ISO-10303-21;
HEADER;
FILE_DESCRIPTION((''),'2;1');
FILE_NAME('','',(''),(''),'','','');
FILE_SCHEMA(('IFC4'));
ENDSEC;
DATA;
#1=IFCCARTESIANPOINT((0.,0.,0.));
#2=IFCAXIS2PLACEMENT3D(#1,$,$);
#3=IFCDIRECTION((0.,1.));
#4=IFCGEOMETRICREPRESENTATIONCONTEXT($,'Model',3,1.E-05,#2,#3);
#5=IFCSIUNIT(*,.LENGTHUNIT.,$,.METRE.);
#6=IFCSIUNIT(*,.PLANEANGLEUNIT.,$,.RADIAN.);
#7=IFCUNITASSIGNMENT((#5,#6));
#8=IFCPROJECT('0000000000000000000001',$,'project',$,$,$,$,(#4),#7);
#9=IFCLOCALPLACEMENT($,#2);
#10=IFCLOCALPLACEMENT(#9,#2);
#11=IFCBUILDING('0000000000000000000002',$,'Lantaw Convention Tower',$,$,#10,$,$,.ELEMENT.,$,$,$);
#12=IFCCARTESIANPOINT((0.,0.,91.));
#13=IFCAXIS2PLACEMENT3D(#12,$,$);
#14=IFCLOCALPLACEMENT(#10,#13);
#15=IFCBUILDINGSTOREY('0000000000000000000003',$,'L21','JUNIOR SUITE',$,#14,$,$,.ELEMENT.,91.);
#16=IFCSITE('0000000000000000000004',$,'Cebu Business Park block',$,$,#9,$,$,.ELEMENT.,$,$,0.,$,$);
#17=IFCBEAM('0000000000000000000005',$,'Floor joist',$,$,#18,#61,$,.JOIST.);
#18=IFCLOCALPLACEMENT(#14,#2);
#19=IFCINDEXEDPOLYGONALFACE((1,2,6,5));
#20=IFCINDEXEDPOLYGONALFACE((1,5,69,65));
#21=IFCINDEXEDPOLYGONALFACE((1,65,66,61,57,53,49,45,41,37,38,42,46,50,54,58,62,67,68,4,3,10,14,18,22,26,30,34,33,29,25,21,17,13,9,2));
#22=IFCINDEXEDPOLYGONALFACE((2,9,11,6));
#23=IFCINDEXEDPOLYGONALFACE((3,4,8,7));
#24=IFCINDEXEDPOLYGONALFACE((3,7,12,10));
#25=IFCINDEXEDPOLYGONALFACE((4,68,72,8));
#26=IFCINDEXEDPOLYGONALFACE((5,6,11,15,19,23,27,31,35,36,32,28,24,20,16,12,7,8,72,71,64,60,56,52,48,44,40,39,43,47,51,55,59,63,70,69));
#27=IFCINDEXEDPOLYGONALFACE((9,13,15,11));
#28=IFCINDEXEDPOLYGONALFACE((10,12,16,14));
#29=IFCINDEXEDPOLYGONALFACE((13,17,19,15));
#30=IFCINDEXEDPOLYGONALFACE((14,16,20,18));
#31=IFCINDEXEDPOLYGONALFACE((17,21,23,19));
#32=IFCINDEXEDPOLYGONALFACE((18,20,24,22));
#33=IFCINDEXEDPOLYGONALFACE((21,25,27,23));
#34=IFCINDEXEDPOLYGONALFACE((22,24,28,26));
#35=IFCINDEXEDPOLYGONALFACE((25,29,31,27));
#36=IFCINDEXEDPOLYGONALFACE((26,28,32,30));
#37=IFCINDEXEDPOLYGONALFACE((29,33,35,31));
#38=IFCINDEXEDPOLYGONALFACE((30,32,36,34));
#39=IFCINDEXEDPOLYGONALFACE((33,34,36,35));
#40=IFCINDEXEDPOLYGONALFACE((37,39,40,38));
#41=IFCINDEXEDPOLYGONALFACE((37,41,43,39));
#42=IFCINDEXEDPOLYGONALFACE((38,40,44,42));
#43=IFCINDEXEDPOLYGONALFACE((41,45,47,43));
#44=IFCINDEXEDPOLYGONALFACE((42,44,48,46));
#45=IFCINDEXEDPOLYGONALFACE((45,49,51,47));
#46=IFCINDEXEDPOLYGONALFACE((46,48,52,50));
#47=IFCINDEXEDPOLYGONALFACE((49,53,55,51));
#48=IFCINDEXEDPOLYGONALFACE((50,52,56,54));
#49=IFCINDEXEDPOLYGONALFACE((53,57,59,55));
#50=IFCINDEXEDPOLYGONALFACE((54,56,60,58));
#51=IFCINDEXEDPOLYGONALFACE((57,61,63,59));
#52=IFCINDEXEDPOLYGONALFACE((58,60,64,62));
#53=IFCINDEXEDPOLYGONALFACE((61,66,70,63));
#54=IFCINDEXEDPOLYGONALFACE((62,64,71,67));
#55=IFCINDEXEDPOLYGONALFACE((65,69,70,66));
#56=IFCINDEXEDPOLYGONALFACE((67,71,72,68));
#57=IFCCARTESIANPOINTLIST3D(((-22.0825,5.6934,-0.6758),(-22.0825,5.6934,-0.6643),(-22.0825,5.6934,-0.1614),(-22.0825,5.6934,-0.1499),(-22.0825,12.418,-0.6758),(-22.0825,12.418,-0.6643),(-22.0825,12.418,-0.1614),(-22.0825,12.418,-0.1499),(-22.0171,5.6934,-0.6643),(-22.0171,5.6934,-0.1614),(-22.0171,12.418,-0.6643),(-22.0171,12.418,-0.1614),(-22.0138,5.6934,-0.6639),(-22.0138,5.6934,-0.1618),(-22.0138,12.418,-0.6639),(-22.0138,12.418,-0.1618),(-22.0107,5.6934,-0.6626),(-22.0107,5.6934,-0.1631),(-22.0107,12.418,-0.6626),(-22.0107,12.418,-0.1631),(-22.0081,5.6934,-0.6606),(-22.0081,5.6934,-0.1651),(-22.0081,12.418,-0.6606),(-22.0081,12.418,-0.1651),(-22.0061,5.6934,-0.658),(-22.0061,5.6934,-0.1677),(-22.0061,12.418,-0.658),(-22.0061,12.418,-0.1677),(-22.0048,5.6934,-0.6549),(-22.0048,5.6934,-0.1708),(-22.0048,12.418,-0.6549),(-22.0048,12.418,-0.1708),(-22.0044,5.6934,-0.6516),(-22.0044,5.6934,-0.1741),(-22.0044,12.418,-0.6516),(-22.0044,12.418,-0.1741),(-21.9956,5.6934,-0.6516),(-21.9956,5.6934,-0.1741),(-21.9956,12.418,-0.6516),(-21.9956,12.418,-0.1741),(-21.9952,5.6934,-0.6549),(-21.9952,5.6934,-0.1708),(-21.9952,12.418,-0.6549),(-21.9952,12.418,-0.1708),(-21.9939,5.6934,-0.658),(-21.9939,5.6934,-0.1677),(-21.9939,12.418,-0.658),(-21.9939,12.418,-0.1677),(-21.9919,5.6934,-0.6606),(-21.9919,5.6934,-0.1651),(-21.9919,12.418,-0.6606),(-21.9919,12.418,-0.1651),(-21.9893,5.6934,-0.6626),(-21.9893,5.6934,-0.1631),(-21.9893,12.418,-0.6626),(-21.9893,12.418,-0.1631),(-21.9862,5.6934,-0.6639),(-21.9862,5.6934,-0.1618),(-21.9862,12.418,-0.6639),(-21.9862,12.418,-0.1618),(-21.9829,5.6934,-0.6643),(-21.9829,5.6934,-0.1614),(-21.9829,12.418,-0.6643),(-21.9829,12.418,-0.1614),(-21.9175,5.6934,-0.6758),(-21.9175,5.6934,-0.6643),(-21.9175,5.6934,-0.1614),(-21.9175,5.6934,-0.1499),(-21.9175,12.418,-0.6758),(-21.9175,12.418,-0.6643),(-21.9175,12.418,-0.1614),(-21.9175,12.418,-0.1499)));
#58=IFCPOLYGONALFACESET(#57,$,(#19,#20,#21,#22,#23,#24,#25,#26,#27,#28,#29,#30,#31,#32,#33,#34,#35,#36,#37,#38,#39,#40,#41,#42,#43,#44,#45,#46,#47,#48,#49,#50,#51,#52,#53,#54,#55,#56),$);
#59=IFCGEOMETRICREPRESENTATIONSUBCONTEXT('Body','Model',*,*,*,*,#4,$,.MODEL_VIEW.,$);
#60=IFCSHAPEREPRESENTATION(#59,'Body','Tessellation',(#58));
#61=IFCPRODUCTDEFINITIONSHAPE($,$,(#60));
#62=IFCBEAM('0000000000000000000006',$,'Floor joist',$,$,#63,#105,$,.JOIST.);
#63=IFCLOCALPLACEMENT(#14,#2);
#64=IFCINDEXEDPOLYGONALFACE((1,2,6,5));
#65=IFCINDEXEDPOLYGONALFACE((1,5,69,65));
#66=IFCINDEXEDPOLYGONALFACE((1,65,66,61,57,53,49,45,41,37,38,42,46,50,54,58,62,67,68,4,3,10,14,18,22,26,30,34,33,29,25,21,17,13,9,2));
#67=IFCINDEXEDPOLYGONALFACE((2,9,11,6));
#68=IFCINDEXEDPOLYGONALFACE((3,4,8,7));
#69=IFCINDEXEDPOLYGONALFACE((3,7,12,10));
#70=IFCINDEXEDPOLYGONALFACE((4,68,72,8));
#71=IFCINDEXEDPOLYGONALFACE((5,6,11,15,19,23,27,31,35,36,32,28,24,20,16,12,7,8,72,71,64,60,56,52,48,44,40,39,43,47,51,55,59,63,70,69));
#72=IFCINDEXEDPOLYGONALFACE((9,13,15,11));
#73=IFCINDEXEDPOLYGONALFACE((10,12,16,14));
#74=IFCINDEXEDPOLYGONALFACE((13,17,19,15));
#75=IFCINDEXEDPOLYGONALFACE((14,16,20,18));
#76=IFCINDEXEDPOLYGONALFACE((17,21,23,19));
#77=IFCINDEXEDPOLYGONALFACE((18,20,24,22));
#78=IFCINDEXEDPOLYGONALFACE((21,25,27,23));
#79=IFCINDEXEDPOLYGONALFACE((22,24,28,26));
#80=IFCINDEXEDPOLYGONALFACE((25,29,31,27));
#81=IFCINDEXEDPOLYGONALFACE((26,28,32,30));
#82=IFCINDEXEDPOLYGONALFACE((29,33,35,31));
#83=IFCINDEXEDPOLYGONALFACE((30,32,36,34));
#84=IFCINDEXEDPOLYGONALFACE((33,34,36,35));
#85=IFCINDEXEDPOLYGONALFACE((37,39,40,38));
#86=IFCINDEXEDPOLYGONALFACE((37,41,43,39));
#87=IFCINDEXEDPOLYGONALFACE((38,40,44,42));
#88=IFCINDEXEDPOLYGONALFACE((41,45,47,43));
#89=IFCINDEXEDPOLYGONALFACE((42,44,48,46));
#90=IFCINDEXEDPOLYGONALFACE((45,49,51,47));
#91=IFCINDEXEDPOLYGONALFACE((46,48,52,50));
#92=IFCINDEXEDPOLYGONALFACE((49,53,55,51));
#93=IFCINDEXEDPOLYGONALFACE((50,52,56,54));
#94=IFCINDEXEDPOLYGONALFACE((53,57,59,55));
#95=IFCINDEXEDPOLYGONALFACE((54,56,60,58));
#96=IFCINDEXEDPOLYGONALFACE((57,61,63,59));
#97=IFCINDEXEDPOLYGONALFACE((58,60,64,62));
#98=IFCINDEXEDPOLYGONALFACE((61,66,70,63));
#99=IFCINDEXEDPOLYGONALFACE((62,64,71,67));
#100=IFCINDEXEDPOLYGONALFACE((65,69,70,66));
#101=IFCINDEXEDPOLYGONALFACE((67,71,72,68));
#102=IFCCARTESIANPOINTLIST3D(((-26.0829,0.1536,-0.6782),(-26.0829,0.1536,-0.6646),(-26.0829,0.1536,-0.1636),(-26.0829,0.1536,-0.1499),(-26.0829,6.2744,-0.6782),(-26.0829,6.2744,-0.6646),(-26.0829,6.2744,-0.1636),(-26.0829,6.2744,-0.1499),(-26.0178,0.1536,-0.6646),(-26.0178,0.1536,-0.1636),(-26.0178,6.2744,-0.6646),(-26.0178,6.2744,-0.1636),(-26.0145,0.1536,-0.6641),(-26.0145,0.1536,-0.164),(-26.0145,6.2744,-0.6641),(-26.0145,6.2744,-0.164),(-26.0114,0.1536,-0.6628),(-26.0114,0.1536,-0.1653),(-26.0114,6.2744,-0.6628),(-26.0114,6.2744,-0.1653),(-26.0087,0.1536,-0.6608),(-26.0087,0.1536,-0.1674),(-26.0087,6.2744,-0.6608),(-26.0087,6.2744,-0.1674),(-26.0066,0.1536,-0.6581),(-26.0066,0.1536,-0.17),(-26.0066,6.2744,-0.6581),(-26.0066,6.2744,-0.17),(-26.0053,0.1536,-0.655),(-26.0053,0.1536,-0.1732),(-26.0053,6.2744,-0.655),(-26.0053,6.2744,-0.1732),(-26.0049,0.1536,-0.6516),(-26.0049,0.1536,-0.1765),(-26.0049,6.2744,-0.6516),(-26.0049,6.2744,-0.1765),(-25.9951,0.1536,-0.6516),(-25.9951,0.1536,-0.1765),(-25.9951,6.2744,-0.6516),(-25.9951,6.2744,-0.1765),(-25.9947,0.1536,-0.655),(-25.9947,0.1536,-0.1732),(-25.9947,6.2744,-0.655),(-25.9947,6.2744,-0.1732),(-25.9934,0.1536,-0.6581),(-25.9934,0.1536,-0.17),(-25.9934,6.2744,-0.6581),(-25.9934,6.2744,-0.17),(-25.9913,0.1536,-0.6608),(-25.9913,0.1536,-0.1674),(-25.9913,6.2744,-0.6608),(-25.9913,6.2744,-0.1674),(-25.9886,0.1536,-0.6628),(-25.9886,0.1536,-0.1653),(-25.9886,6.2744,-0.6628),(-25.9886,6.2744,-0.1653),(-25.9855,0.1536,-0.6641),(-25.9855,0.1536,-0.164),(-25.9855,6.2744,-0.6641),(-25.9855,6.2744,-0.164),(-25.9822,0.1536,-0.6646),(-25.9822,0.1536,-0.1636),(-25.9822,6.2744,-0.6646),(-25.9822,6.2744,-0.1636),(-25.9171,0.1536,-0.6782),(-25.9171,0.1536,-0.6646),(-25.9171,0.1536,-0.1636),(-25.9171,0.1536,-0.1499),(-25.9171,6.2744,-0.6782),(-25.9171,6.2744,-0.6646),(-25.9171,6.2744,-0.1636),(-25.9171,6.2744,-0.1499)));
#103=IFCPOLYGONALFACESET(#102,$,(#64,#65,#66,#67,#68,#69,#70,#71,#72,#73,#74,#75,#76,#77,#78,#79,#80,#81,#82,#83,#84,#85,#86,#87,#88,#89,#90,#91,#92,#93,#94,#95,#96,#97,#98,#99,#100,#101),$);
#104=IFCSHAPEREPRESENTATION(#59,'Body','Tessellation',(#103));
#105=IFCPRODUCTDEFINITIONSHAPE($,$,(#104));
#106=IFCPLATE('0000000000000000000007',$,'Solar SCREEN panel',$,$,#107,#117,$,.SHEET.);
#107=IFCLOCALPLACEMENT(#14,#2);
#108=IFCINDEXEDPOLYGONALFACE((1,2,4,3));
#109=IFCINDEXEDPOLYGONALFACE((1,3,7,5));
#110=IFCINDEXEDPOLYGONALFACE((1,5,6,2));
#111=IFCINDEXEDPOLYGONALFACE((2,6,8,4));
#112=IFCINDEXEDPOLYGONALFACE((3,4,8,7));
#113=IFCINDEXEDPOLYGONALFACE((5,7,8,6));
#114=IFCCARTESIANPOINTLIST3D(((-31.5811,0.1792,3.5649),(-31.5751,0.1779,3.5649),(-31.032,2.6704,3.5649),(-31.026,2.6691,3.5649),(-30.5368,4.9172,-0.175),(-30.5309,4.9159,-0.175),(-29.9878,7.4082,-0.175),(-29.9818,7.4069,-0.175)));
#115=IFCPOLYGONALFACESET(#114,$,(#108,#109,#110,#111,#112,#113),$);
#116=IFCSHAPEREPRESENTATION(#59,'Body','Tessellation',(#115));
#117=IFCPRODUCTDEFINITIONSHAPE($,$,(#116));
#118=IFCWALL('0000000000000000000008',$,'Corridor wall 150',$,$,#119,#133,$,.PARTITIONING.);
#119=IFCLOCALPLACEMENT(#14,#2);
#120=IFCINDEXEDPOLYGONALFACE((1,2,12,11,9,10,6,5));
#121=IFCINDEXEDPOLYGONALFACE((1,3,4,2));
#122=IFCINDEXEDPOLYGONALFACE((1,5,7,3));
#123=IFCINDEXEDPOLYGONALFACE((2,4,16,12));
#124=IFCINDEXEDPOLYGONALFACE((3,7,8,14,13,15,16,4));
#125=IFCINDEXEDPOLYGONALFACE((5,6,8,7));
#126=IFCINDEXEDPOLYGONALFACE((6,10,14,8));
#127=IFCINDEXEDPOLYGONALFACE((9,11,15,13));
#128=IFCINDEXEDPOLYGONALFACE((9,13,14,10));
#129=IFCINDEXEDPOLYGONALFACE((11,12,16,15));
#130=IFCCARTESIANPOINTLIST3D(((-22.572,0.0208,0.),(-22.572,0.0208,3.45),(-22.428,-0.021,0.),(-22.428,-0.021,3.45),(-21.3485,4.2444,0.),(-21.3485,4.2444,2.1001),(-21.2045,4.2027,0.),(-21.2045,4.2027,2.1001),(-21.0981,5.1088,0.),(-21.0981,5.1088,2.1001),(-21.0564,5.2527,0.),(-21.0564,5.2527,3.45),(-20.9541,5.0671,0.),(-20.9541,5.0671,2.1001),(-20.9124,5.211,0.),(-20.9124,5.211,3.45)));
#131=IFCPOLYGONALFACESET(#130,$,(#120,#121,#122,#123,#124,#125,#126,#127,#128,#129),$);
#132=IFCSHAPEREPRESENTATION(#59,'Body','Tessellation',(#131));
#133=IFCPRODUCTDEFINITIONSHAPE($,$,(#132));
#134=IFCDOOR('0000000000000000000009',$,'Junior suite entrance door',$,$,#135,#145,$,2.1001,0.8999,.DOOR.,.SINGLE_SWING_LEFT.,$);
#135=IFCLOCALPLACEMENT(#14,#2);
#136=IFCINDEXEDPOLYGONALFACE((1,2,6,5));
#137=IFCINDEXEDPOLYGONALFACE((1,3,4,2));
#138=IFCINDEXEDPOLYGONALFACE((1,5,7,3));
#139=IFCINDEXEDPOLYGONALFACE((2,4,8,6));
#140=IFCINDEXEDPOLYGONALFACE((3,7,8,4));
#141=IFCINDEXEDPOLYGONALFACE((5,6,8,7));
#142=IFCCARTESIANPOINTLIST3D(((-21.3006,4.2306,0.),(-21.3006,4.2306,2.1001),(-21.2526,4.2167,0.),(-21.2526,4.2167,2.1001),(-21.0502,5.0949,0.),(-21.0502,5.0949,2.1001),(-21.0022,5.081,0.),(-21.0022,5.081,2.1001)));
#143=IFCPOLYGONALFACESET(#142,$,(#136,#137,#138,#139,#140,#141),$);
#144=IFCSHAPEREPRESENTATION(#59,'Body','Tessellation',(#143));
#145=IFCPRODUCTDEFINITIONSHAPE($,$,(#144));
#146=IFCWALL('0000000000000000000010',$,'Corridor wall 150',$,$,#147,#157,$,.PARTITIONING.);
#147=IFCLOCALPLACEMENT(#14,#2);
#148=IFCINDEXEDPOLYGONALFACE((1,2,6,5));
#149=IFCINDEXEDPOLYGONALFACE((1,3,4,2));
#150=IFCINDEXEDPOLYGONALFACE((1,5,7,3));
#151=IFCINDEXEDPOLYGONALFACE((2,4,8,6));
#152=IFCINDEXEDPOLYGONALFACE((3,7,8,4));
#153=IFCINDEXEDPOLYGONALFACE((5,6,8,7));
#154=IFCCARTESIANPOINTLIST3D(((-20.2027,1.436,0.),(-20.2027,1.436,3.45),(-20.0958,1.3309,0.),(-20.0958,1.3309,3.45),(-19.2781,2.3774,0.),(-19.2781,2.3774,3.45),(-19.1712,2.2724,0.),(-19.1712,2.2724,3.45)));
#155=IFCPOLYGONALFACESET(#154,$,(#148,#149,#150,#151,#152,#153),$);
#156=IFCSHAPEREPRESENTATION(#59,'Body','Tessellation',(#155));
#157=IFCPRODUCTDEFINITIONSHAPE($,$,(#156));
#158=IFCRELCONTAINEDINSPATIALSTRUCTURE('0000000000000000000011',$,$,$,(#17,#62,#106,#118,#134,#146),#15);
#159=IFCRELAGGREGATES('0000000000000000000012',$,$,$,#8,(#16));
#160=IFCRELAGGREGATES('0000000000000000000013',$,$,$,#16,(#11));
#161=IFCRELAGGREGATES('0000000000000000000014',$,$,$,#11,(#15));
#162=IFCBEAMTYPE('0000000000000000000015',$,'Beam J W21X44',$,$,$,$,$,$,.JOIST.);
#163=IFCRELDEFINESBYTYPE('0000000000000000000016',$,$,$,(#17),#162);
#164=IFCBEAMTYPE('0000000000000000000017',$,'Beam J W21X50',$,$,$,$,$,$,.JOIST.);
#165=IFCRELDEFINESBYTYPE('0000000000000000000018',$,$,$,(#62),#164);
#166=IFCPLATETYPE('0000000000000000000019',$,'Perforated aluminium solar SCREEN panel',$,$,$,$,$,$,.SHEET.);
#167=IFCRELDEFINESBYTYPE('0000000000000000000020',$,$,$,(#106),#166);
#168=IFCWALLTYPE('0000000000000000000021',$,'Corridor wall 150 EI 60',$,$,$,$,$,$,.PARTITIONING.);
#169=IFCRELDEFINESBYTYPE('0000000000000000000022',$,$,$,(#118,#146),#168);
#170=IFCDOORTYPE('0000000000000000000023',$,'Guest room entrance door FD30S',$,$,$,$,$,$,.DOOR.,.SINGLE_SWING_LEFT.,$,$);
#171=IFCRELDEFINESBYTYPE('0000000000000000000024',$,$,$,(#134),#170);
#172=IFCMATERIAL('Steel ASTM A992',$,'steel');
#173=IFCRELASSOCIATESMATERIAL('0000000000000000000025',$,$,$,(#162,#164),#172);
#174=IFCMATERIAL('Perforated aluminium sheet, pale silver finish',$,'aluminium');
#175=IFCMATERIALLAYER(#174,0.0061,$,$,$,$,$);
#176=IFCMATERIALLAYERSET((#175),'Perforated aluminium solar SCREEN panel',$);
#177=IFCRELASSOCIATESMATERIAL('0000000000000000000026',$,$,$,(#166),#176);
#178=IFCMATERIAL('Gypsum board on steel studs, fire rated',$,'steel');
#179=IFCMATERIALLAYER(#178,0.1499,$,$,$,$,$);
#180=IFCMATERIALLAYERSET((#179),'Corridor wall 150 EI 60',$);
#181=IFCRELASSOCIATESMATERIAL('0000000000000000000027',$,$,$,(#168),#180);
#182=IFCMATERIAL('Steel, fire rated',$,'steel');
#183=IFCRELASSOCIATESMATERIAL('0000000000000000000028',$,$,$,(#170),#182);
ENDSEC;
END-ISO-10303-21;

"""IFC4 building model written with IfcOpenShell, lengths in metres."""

from ifc_helpers import new_model, si_unit, direction, frame, frame_2d, origin, origin_2d, place, context, subcontext, project, spatial, polyline, rectangle, i_section, outline, extrude, material, layer, layer_set, material_profile, profile_set, type_object, element, fill, save


model = new_model("IFC4")

# Units and contexts
model_context = context("Model", 3, precision=1e-05, world=origin(), true_north=direction((0.0, 1.0)))
body_context = subcontext(model_context, "Body", "Model", "MODEL_VIEW")
ifc_project = project(units=[si_unit("LENGTHUNIT", "METRE"), si_unit("PLANEANGLEUNIT", "RADIAN")], contexts=[model_context])

# Site, building, storey
site_placement = place(None, origin())
site = spatial("IfcSite", under=ifc_project, at=site_placement, Name="Cebu Business Park block", CompositionType="ELEMENT", RefElevation=0.0)
building_placement = place(site_placement, origin())
building = spatial("IfcBuilding", under=site, at=building_placement, Name="Lantaw Convention Tower", CompositionType="ELEMENT")
storey_placement = place(building_placement, frame((0.0, 0.0, 91.0)))
storey = spatial("IfcBuildingStorey", under=building, at=storey_placement, Name="L21", Description="JUNIOR SUITE", CompositionType="ELEMENT", Elevation=91.0)

# Beams
ifc_material_1 = material(Name="Steel ASTM A992", Category="steel")
ifc_material_profile_1 = material_profile(ifc_material_1, i_section(OverallWidth=0.165, OverallDepth=0.5259, WebThickness=0.0088, FlangeThickness=0.0115, FilletRadius=0.0127, at=origin_2d()), Name="W21X44")
ifc_profile_set_1 = profile_set([ifc_material_profile_1], Name="Steel ASTM A992")
beam_type_1 = type_object("IfcBeamType", Name="Beam J W21X44", PredefinedType="JOIST", material=ifc_profile_set_1)
beam_1_placement = place(storey_placement, frame((-22.0, 5.6934, -0.4128), z_axis=(0.0, 1.0, 0.0), x_axis=(-1.0, 0.0, 0.0)))
element("IfcBeam", 1, at=beam_1_placement, inside=storey, type_object=beam_type_1, Name="Floor joist", PredefinedType="JOIST", context=body_context, shape_type="SweptSolid", body=[
    extrude(i_section(OverallWidth=0.165, OverallDepth=0.5259, WebThickness=0.0088, FlangeThickness=0.0115, FilletRadius=0.0127, at=origin_2d()), origin(), (0.0, 0.0, 1.0), 6.7246),
])
ifc_material_profile_2 = material_profile(ifc_material_1, i_section(OverallWidth=0.1658, OverallDepth=0.5283, WebThickness=0.0098, FlangeThickness=0.0137, FilletRadius=0.0129, at=origin_2d()), Name="W21X50")
ifc_profile_set_2 = profile_set([ifc_material_profile_2], Name="Steel ASTM A992")
beam_type_2 = type_object("IfcBeamType", Name="Beam J W21X50", PredefinedType="JOIST", material=ifc_profile_set_2)
beam_2_placement = place(storey_placement, frame((-26.0, 0.1536, -0.4141), z_axis=(0.0, 1.0, 0.0), x_axis=(-1.0, 0.0, 0.0)))
element("IfcBeam", 2, at=beam_2_placement, inside=storey, type_object=beam_type_2, Name="Floor joist", PredefinedType="JOIST", context=body_context, shape_type="SweptSolid", body=[
    extrude(i_section(OverallWidth=0.1658, OverallDepth=0.5283, WebThickness=0.0098, FlangeThickness=0.0137, FilletRadius=0.0129, at=origin_2d()), origin(), (0.0, 0.0, 1.0), 6.1208),
])

# Plate
ifc_material_2 = material(Name="Perforated aluminium sheet, pale silver finish", Category="aluminium")
ifc_layer_1 = layer(ifc_material_2, 0.0061)
ifc_layer_set_1 = layer_set([ifc_layer_1], Name="Perforated aluminium solar SCREEN panel")
plate_type = type_object("IfcPlateType", Name="Perforated aluminium solar SCREEN panel", PredefinedType="SHEET", material=ifc_layer_set_1)
plate_placement = place(storey_placement, frame((-29.9878, 7.4082, -0.175), z_axis=(-0.976559, 0.215248, 0.00003), x_axis=(-0.215248, -0.976559, 0.0)))
element("IfcPlate", 3, at=plate_placement, inside=storey, type_object=plate_type, Name="Solar SCREEN panel", PredefinedType="SHEET", context=body_context, shape_type="SweptSolid", body=[
    extrude(outline(polyline([(0.0, 0.0), (2.5508, 0.0), (7.4025, 3.74), (4.8515, 3.74), (0.0, 0.0)])), origin(), (0.0, 0.0, -1.0), 0.0061),
])

# Wall, opening, door
ifc_material_3 = material(Name="Gypsum board on steel studs, fire rated", Category="steel")
ifc_layer_2 = layer(ifc_material_3, 0.1499)
ifc_layer_set_2 = layer_set([ifc_layer_2], Name="Corridor wall 150 EI 60")
wall_type_1 = type_object("IfcWallType", Name="Corridor wall 150 EI 60", PredefinedType="PARTITIONING", material=ifc_layer_set_2)
wall_1_placement = place(storey_placement, frame((-20.9844, 5.2319, 0.0), z_axis=(0.0, 0.0, 1.0), x_axis=(-0.278247, -0.960509, 0.0)))
wall_1 = element("IfcWall", 4, at=wall_1_placement, inside=storey, type_object=wall_type_1, Name="Corridor wall 150", PredefinedType="PARTITIONING", context=body_context, shape_type="SweptSolid", body=[
    extrude(rectangle(XDim=5.447, YDim=0.1499, at=frame_2d((2.7236, 0.0))), origin(), (0.0, 0.0, 1.0), 3.45),
])
opening_1_placement = place(wall_1_placement, frame((0.1499, 0.0, 0.0)))
opening_1 = element("IfcOpeningElement", 5, at=opening_1_placement, cuts=wall_1, PredefinedType="OPENING", context=body_context, shape_type="SweptSolid", body=[
    extrude(rectangle(XDim=0.8999, YDim=2.1001, at=frame_2d((0.45, 1.05))), frame((0.0, 0.085, 0.0), z_axis=(0.0, -1.0, 0.0), x_axis=(1.0, 0.0, 0.0)), (0.0, 0.0, 1.0), 0.1699),
])
ifc_material_4 = material(Name="Steel, fire rated", Category="steel")
door_type = type_object("IfcDoorType", Name="Guest room entrance door FD30S", OperationType="SINGLE_SWING_LEFT", PredefinedType="DOOR", material=ifc_material_4)
door_placement = place(opening_1_placement, origin())
door = element("IfcDoor", 6, at=door_placement, inside=storey, type_object=door_type, Name="Junior suite entrance door", OperationType="SINGLE_SWING_LEFT", OverallHeight=2.1001, OverallWidth=0.8999, PredefinedType="DOOR", context=body_context, shape_type="SweptSolid", body=[
    extrude(rectangle(XDim=0.8999, YDim=2.1001, at=frame_2d((0.45, 1.05))), frame((0.0, 0.0249, 0.0), z_axis=(0.0, -1.0, 0.0), x_axis=(1.0, 0.0, 0.0)), (0.0, 0.0, 1.0), 0.05),
])
fill(opening_1, door)

# Wall
wall_2_placement = place(storey_placement, frame((-20.1492, 1.3835, 0.0), z_axis=(0.0, 0.0, 1.0), x_axis=(0.700695, 0.713461, 0.0)))
element("IfcWall", 7, at=wall_2_placement, inside=storey, type_object=wall_type_1, Name="Corridor wall 150", PredefinedType="PARTITIONING", context=body_context, shape_type="SweptSolid", body=[
    extrude(rectangle(XDim=1.3196, YDim=0.1499, at=frame_2d((0.6597, 0.0))), origin(), (0.0, 0.0, 1.0), 3.45),
])

save(model, "model.ifc")
